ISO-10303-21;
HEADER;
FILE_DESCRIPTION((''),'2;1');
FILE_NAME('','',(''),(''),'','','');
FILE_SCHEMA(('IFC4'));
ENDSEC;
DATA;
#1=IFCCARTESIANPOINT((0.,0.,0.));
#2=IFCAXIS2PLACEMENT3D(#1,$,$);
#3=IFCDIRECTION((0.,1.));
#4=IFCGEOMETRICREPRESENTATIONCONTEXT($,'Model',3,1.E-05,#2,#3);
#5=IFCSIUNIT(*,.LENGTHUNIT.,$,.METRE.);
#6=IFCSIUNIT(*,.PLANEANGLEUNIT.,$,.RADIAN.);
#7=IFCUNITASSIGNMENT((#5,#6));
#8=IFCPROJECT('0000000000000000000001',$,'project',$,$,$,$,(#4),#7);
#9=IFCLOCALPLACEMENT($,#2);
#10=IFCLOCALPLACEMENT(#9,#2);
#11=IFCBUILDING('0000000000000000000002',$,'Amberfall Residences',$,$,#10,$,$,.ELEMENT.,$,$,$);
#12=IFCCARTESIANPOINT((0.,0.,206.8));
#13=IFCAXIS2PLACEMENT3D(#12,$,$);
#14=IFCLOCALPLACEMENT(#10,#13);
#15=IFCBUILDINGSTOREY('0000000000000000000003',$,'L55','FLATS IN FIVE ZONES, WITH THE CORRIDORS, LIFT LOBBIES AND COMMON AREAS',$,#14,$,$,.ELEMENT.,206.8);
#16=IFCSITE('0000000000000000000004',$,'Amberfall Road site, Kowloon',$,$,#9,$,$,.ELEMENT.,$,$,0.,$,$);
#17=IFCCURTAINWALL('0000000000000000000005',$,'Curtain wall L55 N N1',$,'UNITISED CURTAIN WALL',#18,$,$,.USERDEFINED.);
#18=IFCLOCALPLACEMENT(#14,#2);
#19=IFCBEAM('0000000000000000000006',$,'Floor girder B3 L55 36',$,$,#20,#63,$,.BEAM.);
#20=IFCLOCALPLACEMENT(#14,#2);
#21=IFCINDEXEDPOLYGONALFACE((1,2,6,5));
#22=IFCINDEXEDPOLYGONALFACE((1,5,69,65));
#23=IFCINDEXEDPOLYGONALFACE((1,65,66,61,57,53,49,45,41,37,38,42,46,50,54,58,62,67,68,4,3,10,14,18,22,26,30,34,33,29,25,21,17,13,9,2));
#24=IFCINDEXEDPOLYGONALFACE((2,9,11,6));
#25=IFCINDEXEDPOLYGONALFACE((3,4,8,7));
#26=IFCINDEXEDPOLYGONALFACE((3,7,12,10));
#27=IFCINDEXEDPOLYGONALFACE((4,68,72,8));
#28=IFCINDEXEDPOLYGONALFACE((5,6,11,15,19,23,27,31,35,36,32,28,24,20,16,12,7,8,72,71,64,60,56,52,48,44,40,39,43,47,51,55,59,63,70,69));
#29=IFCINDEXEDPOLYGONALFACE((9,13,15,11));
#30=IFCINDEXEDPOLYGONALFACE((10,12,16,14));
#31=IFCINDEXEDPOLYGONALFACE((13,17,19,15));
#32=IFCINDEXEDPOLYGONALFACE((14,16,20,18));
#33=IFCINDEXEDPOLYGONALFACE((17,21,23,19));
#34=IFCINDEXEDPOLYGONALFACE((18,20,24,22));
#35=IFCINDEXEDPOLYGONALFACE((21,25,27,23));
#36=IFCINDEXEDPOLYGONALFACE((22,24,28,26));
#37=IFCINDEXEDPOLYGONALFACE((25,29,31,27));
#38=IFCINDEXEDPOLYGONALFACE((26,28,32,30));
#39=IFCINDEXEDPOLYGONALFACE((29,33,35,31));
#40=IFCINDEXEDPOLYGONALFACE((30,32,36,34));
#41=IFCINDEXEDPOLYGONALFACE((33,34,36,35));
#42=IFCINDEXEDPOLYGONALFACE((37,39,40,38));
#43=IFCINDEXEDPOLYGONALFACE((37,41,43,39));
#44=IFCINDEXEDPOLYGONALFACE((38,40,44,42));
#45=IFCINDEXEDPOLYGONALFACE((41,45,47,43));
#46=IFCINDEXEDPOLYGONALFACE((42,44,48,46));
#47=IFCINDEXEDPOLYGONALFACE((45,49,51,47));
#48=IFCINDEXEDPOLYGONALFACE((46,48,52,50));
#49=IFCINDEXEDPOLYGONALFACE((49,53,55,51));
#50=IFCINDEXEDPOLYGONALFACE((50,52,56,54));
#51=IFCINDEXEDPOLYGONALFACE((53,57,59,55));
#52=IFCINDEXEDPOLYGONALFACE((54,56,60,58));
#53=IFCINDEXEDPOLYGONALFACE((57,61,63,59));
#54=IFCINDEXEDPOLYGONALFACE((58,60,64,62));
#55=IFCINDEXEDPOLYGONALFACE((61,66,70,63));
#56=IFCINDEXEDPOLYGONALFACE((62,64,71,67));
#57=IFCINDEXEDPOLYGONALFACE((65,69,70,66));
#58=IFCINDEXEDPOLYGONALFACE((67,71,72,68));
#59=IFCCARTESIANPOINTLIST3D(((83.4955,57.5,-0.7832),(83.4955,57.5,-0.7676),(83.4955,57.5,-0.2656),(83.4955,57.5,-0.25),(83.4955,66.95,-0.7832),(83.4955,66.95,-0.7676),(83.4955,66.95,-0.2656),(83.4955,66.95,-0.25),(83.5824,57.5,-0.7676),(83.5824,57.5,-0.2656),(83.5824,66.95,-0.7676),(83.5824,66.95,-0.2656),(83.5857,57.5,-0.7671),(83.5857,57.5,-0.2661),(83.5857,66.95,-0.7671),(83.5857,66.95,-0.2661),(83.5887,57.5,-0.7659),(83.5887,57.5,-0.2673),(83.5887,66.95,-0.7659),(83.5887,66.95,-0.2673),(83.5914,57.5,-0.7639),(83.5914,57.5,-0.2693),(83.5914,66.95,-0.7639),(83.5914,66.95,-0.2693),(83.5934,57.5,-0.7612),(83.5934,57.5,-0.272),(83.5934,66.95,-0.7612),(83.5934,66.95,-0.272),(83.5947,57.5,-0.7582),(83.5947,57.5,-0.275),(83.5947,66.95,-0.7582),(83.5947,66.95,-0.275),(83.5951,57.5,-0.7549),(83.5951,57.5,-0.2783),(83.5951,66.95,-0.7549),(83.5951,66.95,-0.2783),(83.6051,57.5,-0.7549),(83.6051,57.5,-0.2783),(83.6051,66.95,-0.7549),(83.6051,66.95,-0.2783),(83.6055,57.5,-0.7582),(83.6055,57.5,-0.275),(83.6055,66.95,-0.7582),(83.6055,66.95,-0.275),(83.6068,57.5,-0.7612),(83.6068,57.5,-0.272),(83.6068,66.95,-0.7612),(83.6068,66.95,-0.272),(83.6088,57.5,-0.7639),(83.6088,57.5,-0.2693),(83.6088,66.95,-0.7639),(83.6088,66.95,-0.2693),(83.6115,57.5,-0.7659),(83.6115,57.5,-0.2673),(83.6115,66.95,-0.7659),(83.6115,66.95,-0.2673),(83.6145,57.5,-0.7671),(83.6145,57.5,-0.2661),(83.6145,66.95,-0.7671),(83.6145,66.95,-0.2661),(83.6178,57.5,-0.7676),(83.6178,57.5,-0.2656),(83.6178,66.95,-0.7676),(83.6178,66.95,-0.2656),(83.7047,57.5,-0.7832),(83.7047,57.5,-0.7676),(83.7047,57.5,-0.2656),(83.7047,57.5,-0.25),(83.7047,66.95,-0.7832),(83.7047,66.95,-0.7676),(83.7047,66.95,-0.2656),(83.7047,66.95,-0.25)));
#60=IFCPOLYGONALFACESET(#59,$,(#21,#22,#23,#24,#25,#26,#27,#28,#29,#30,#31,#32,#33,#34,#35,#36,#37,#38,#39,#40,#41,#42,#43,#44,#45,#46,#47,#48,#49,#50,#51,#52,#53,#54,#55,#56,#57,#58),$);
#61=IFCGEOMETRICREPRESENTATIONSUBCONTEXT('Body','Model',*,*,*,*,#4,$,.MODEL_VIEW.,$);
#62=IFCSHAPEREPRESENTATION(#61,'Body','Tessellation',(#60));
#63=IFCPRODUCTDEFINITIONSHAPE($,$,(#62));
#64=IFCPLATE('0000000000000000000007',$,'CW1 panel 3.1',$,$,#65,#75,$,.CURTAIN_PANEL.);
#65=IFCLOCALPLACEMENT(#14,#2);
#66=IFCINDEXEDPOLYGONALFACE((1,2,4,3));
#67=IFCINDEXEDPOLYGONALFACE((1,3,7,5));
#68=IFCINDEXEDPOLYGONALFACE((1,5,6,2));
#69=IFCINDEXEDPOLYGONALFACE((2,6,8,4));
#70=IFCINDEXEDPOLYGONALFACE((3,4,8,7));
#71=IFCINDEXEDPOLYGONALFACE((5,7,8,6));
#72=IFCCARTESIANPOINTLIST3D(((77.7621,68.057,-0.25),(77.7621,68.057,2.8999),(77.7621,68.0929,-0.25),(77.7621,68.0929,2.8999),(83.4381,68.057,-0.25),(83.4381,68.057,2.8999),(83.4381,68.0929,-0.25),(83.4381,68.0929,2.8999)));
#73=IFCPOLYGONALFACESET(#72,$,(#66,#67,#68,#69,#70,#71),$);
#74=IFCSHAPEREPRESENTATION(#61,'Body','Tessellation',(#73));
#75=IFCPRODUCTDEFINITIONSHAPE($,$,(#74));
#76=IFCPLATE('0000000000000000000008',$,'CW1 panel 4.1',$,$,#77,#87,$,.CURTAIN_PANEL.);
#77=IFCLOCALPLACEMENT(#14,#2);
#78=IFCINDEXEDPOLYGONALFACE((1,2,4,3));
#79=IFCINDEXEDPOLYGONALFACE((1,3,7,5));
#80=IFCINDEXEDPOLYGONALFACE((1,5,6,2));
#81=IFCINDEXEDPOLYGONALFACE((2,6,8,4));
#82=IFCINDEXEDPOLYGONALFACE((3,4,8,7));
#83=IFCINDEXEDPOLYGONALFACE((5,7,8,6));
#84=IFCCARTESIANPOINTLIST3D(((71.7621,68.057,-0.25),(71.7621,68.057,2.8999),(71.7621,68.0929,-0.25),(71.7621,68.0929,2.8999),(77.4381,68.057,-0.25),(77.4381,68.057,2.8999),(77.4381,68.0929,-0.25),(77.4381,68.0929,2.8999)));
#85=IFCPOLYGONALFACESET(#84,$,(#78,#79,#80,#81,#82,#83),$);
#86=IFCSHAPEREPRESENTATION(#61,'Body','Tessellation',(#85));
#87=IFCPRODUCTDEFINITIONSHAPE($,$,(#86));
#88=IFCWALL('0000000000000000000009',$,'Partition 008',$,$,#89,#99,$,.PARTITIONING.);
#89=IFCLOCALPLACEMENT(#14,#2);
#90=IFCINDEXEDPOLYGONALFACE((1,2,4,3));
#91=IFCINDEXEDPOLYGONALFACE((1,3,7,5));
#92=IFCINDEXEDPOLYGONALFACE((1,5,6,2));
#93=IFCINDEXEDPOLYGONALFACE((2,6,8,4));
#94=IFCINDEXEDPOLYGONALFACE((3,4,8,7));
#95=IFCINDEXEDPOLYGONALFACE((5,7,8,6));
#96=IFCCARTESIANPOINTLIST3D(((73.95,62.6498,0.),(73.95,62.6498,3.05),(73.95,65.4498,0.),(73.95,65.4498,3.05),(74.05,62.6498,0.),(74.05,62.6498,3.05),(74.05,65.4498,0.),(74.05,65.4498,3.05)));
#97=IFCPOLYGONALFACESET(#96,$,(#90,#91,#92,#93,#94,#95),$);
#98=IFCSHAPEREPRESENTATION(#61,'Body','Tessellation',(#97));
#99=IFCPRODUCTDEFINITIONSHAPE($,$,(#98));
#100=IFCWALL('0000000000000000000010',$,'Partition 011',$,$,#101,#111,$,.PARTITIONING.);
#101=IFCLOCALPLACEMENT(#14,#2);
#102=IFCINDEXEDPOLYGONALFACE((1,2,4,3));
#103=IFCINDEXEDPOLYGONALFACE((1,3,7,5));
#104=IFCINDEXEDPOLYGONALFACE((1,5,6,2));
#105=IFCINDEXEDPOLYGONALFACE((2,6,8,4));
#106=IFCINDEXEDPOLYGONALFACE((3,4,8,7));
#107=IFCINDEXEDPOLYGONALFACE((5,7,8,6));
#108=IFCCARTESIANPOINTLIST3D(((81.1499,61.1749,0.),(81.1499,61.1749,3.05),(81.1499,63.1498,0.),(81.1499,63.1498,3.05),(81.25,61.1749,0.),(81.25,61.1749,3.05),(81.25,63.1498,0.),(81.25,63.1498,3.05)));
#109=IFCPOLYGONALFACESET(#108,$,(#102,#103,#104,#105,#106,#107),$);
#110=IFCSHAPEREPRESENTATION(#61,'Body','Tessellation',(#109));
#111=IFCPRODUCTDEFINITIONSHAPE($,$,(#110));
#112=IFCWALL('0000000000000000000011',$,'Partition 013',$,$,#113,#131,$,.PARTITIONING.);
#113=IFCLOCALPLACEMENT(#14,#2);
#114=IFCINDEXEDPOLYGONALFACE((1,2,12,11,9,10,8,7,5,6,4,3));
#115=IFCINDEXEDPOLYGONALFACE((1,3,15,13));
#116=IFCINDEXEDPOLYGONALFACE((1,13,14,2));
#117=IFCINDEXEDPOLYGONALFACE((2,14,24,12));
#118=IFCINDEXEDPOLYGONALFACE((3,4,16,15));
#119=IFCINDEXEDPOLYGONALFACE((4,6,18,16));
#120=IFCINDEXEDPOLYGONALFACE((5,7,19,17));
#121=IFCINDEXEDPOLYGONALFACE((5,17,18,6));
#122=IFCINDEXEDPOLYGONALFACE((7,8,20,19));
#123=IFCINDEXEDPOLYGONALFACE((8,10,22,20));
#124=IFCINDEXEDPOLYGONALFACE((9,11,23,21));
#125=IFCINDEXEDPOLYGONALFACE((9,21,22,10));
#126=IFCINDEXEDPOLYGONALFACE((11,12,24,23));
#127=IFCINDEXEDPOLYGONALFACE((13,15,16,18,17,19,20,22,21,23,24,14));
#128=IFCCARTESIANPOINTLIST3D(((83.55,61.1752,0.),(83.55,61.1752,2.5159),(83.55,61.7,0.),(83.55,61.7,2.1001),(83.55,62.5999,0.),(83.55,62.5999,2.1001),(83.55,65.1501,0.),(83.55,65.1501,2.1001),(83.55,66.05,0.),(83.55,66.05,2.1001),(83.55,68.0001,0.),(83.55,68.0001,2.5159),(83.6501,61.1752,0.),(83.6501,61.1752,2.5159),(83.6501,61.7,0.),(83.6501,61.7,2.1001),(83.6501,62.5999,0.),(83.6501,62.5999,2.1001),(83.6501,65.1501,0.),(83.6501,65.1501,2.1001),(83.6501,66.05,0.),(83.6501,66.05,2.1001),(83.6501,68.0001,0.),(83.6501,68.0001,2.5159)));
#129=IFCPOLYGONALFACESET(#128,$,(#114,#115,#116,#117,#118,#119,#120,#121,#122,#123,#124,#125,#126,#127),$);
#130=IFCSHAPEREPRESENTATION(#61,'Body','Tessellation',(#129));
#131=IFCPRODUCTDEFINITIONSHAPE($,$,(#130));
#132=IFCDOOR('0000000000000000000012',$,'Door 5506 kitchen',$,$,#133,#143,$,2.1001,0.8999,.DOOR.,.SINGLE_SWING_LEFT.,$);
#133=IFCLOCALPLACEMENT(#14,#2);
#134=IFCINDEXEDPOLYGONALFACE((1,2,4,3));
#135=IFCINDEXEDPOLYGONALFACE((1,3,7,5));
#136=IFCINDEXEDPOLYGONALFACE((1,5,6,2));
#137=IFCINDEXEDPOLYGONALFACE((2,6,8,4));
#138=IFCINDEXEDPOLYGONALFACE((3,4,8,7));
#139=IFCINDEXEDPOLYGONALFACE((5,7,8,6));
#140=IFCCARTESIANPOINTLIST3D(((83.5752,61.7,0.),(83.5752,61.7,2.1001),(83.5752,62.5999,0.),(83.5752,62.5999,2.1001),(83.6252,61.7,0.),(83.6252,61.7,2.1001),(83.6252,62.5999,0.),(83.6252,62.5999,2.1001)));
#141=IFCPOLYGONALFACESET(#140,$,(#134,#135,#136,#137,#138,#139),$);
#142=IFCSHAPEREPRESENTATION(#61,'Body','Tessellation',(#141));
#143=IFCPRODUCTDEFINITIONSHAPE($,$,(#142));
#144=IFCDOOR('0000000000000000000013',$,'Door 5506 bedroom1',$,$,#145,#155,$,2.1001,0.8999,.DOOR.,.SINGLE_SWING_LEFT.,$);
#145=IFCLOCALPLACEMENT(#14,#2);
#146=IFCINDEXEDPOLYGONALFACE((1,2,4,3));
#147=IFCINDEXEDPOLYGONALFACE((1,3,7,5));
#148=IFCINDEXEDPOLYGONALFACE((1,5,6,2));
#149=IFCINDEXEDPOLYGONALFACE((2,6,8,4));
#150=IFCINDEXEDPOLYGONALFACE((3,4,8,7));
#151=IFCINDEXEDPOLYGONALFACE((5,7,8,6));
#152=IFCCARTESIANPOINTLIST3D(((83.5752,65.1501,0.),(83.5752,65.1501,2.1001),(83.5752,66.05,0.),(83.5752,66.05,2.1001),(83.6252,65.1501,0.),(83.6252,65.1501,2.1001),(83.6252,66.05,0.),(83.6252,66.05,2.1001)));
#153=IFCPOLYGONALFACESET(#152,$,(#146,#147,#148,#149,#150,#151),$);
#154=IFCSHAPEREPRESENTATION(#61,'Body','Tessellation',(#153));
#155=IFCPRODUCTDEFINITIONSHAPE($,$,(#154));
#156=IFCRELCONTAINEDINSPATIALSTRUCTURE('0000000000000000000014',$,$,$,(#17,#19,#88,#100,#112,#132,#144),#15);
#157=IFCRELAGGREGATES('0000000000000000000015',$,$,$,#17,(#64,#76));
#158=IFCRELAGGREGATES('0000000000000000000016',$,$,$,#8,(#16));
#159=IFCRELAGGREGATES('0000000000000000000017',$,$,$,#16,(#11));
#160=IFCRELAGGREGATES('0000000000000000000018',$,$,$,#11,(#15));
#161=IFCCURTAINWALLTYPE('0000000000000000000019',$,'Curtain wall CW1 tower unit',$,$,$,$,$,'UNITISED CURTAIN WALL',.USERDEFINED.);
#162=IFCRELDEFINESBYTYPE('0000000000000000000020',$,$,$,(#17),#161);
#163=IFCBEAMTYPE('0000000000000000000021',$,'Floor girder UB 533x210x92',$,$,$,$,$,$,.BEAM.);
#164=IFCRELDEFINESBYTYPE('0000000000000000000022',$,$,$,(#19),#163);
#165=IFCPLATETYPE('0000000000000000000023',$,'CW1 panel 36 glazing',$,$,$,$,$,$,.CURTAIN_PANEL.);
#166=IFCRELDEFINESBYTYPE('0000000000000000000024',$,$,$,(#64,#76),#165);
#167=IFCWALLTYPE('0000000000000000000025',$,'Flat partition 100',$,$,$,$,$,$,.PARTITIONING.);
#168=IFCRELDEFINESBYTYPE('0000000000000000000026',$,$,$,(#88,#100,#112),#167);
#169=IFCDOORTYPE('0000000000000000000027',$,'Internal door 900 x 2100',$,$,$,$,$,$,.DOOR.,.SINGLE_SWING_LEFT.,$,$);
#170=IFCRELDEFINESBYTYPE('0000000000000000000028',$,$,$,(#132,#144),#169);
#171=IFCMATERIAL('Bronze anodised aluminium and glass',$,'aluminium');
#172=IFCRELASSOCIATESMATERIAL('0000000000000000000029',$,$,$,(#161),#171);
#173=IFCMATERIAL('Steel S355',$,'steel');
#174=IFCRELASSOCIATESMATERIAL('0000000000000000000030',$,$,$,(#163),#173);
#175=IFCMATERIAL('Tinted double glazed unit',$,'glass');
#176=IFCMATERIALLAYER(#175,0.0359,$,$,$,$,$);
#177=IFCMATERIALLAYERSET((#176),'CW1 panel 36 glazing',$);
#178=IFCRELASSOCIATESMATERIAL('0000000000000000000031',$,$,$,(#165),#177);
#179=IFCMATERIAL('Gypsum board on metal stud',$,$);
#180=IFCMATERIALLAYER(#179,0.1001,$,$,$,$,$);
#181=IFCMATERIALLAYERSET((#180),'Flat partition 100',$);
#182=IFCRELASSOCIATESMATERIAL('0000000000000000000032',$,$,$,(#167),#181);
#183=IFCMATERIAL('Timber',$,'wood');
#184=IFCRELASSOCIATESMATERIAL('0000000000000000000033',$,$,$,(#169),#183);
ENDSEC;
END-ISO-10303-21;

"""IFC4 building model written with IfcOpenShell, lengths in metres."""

from ifc_helpers import new_model, si_unit, direction, frame, frame_2d, origin, origin_2d, place, context, subcontext, project, spatial, rectangle, i_section, extrude, material, layer, layer_set, material_profile, profile_set, type_object, element, fill, aggregate, save


model = new_model("IFC4")

# Units and contexts
model_context = context("Model", 3, precision=1e-05, world=origin(), true_north=direction((0.0, 1.0)))
body_context = subcontext(model_context, "Body", "Model", "MODEL_VIEW")
ifc_project = project(units=[si_unit("LENGTHUNIT", "METRE"), si_unit("PLANEANGLEUNIT", "RADIAN")], contexts=[model_context])

# Site, building, storey
site_placement = place(None, origin())
site = spatial("IfcSite", under=ifc_project, at=site_placement, Name="Amberfall Road site, Kowloon", CompositionType="ELEMENT", RefElevation=0.0)
building_placement = place(site_placement, origin())
building = spatial("IfcBuilding", under=site, at=building_placement, Name="Amberfall Residences", CompositionType="ELEMENT")
storey_placement = place(building_placement, frame((0.0, 0.0, 206.8)))
storey = spatial("IfcBuildingStorey", under=building, at=storey_placement, Name="L55", Description="FLATS IN FIVE ZONES, WITH THE CORRIDORS, LIFT LOBBIES AND COMMON AREAS", CompositionType="ELEMENT", Elevation=206.8)

# Curtain wall
ifc_material_1 = material(Name="Bronze anodised aluminium and glass", Category="aluminium")
curtain_wall_type = type_object("IfcCurtainWallType", Name="Curtain wall CW1 tower unit", ElementType="UNITISED CURTAIN WALL", PredefinedType="USERDEFINED", material=ifc_material_1)
curtain_wall_placement = place(storey_placement, origin())
curtain_wall = element("IfcCurtainWall", 1, at=curtain_wall_placement, inside=storey, type_object=curtain_wall_type, Name="Curtain wall L55 N N1", ObjectType="UNITISED CURTAIN WALL", PredefinedType="USERDEFINED")

# Shared definitions
ifc_material_2 = material(Name="Steel S355", Category="steel")

# Beam
ifc_material_profile_1 = material_profile(ifc_material_2, i_section(OverallWidth=0.2092, OverallDepth=0.5332, WebThickness=0.01, FlangeThickness=0.0156, FilletRadius=0.0127, at=origin_2d()), Name="UB 533x210x92")
ifc_profile_set_1 = profile_set([ifc_material_profile_1], Name="Steel S355")
beam_type_1 = type_object("IfcBeamType", Name="Floor girder UB 533x210x92", PredefinedType="BEAM", material=ifc_profile_set_1)
for number, where, z_axis, x_axis, name in (
    (2, (83.6001, 66.95, -0.5166), (0.0, -1.0, 0.0), (1.0, 0.0, 0.0), "Floor girder B3 L55 36"),
):
    element("IfcBeam", number, at=place(storey_placement, frame(where, z_axis=z_axis, x_axis=x_axis)), inside=storey, type_object=beam_type_1, Name=name, PredefinedType="BEAM", context=body_context, shape_type="SweptSolid", body=[
        extrude(i_section(OverallWidth=0.2092, OverallDepth=0.5332, WebThickness=0.01, FlangeThickness=0.0156, FilletRadius=0.0127, at=origin_2d()), origin(), (0.0, 0.0, 1.0), 9.45),
    ])

# Plates
ifc_material_3 = material(Name="Tinted double glazed unit", Category="glass")
ifc_layer_1 = layer(ifc_material_3, 0.0359)
ifc_layer_set_1 = layer_set([ifc_layer_1], Name="CW1 panel 36 glazing")
plate_type = type_object("IfcPlateType", Name="CW1 panel 36 glazing", PredefinedType="CURTAIN_PANEL", material=ifc_layer_set_1)
plate_1_placement = place(storey_placement, frame((80.6001, 68.075, -0.25), z_axis=(0.0, 0.0, 1.0), x_axis=(-1.0, 0.0, 0.0)))
plate_1 = element("IfcPlate", 3, at=plate_1_placement, type_object=plate_type, Name="CW1 panel 3.1", PredefinedType="CURTAIN_PANEL", context=body_context, shape_type="SweptSolid", body=[
    extrude(rectangle(XDim=5.676, YDim=0.0359, at=origin_2d()), origin(), (0.0, 0.0, 1.0), 3.1499),
])
plate_2_placement = place(storey_placement, frame((74.6001, 68.075, -0.25), z_axis=(0.0, 0.0, 1.0), x_axis=(-1.0, 0.0, 0.0)))
plate_2 = element("IfcPlate", 4, at=plate_2_placement, type_object=plate_type, Name="CW1 panel 4.1", PredefinedType="CURTAIN_PANEL", context=body_context, shape_type="SweptSolid", body=[
    extrude(rectangle(XDim=5.676, YDim=0.0359, at=origin_2d()), origin(), (0.0, 0.0, 1.0), 3.1499),
])
aggregate(curtain_wall, [plate_1, plate_2])

# Walls
ifc_material_4 = material(Name="Gypsum board on metal stud")
ifc_layer_2 = layer(ifc_material_4, 0.1001)
ifc_layer_set_2 = layer_set([ifc_layer_2], Name="Flat partition 100")
wall_type_1 = type_object("IfcWallType", Name="Flat partition 100", PredefinedType="PARTITIONING", material=ifc_layer_set_2)
wall_1_placement = place(storey_placement, frame((74.0, 62.6499, 0.0), z_axis=(0.0, 0.0, 1.0), x_axis=(0.0, 1.0, 0.0)))
element("IfcWall", 5, at=wall_1_placement, inside=storey, type_object=wall_type_1, Name="Partition 008", PredefinedType="PARTITIONING", context=body_context, shape_type="SweptSolid", body=[
    extrude(rectangle(XDim=2.8, YDim=0.1001, at=frame_2d((1.3999, 0.0))), origin(), (0.0, 0.0, 1.0), 3.05),
])
wall_2_placement = place(storey_placement, frame((81.2, 61.175, 0.0), z_axis=(0.0, 0.0, 1.0), x_axis=(0.0, 1.0, 0.0)))
element("IfcWall", 6, at=wall_2_placement, inside=storey, type_object=wall_type_1, Name="Partition 011", PredefinedType="PARTITIONING", context=body_context, shape_type="SweptSolid", body=[
    extrude(rectangle(XDim=1.9749, YDim=0.1001, at=frame_2d((0.9873, 0.0))), origin(), (0.0, 0.0, 1.0), 3.05),
])

# Wall, openings, doors
wall_3_placement = place(storey_placement, frame((83.6001, 61.175, 0.0), z_axis=(0.0, 0.0, 1.0), x_axis=(0.0, 1.0, 0.0)))
wall_3 = element("IfcWall", 7, at=wall_3_placement, inside=storey, type_object=wall_type_1, Name="Partition 013", PredefinedType="PARTITIONING", context=body_context, shape_type="SweptSolid", body=[
    extrude(rectangle(XDim=6.825, YDim=0.1001, at=frame_2d((3.4126, 0.0))), origin(), (0.0, 0.0, 1.0), 2.5159),
])
opening_1_placement = place(wall_3_placement, frame((0.5249, 0.0, 0.0)))
opening_1 = element("IfcOpeningElement", 8, at=opening_1_placement, cuts=wall_3, PredefinedType="OPENING", context=body_context, shape_type="SweptSolid", body=[
    extrude(rectangle(XDim=0.8999, YDim=2.1001, at=frame_2d((0.45, 1.05))), frame((0.0, 0.0601, 0.0), z_axis=(0.0, -1.0, 0.0), x_axis=(1.0, 0.0, 0.0)), (0.0, 0.0, 1.0), 0.1201),
])
opening_2_placement = place(wall_3_placement, frame((3.9751, 0.0, 0.0)))
opening_2 = element("IfcOpeningElement", 9, at=opening_2_placement, cuts=wall_3, PredefinedType="OPENING", context=body_context, shape_type="SweptSolid", body=[
    extrude(rectangle(XDim=0.8999, YDim=2.1001, at=frame_2d((0.45, 1.05))), frame((0.0, 0.0601, 0.0), z_axis=(0.0, -1.0, 0.0), x_axis=(1.0, 0.0, 0.0)), (0.0, 0.0, 1.0), 0.1201),
])
ifc_material_5 = material(Name="Timber", Category="wood")
door_type_1 = type_object("IfcDoorType", Name="Internal door 900 x 2100", OperationType="SINGLE_SWING_LEFT", PredefinedType="DOOR", material=ifc_material_5)
door_1_placement = place(opening_1_placement, origin())
door_1 = element("IfcDoor", 10, at=door_1_placement, inside=storey, type_object=door_type_1, Name="Door 5506 kitchen", OperationType="SINGLE_SWING_LEFT", OverallHeight=2.1001, OverallWidth=0.8999, PredefinedType="DOOR", context=body_context, shape_type="SweptSolid", body=[
    extrude(rectangle(XDim=0.8999, YDim=2.1001, at=frame_2d((0.45, 1.05))), frame((0.0, 0.0249, 0.0), z_axis=(0.0, -1.0, 0.0), x_axis=(1.0, 0.0, 0.0)), (0.0, 0.0, 1.0), 0.05),
])
fill(opening_1, door_1)
door_2_placement = place(opening_2_placement, origin())
door_2 = element("IfcDoor", 11, at=door_2_placement, inside=storey, type_object=door_type_1, Name="Door 5506 bedroom1", OperationType="SINGLE_SWING_LEFT", OverallHeight=2.1001, OverallWidth=0.8999, PredefinedType="DOOR", context=body_context, shape_type="SweptSolid", body=[
    extrude(rectangle(XDim=0.8999, YDim=2.1001, at=frame_2d((0.45, 1.05))), frame((0.0, 0.0249, 0.0), z_axis=(0.0, -1.0, 0.0), x_axis=(1.0, 0.0, 0.0)), (0.0, 0.0, 1.0), 0.05),
])
fill(opening_2, door_2)

save(model, "model.ifc")
